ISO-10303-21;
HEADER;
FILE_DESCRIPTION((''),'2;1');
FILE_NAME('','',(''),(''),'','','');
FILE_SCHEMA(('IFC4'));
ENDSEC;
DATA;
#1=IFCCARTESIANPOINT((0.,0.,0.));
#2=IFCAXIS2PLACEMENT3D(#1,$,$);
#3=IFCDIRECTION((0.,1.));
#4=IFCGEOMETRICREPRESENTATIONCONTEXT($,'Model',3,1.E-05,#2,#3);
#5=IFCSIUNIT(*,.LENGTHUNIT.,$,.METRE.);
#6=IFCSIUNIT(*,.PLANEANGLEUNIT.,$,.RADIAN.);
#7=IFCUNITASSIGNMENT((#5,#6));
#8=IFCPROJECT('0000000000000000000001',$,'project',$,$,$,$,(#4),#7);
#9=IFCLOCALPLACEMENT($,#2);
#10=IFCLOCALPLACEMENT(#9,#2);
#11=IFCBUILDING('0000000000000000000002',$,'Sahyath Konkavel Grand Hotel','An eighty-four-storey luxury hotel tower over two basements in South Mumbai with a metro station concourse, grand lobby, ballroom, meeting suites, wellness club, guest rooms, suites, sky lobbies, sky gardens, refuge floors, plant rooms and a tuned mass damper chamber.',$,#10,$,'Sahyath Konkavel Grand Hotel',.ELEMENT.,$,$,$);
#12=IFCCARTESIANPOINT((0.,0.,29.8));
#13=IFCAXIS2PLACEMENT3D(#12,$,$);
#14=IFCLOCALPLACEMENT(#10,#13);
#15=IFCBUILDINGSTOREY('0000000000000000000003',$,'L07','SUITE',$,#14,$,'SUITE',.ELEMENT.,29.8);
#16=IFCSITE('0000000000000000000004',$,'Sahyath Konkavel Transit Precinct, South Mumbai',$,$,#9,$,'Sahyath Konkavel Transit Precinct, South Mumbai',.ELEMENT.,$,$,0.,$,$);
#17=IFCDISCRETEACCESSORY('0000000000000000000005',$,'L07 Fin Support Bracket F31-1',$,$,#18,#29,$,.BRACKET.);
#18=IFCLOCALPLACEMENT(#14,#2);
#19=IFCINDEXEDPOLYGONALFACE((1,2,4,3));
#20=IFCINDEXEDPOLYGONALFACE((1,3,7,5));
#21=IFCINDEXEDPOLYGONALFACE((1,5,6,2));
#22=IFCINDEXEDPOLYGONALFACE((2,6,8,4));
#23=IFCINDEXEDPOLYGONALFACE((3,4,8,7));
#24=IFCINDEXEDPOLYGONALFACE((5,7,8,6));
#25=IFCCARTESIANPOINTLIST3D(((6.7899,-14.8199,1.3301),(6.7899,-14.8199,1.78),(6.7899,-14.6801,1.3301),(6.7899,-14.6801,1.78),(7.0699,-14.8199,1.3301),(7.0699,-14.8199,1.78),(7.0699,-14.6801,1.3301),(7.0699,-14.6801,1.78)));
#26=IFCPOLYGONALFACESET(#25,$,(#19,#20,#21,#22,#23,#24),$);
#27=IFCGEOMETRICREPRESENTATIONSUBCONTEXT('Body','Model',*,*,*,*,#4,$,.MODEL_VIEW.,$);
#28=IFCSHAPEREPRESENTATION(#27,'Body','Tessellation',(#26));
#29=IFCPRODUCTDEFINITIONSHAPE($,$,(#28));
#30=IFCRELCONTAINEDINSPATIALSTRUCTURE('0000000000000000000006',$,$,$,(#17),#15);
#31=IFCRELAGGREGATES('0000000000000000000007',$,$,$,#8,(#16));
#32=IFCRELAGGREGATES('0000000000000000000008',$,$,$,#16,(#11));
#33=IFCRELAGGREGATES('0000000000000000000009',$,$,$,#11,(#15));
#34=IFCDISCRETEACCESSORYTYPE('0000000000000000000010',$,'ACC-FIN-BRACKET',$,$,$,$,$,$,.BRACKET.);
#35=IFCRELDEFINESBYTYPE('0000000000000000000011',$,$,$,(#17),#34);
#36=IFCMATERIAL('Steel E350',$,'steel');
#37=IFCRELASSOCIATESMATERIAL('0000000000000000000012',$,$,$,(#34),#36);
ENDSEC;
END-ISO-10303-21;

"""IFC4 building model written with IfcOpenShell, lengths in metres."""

from ifc_helpers import new_model, si_unit, direction, frame, origin, origin_2d, place, context, subcontext, project, spatial, rectangle, extrude, source, transform, mapped, material, type_object, element, save


model = new_model("IFC4")

# Units and contexts
model_context = context("Model", 3, precision=1e-05, world=origin(), true_north=direction((0.0, 1.0)))
body_context = subcontext(model_context, "Body", "Model", "MODEL_VIEW")
ifc_project = project(units=[si_unit("LENGTHUNIT", "METRE"), si_unit("PLANEANGLEUNIT", "RADIAN")], contexts=[model_context])

# Site, building, storey
site_placement = place(None, origin())
site = spatial("IfcSite", under=ifc_project, at=site_placement, Name="Sahyath Konkavel Transit Precinct, South Mumbai", LongName="Sahyath Konkavel Transit Precinct, South Mumbai", CompositionType="ELEMENT", RefElevation=0.0)
building_placement = place(site_placement, origin())
building = spatial("IfcBuilding", under=site, at=building_placement, Name="Sahyath Konkavel Grand Hotel", Description="An eighty-four-storey luxury hotel tower over two basements in South Mumbai with a metro station concourse, grand lobby, ballroom, meeting suites, wellness club, guest rooms, suites, sky lobbies, sky gardens, refuge floors, plant rooms and a tuned mass damper chamber.", LongName="Sahyath Konkavel Grand Hotel", CompositionType="ELEMENT")
storey_placement = place(building_placement, frame((0.0, 0.0, 29.8)))
storey = spatial("IfcBuildingStorey", under=building, at=storey_placement, Name="L07", Description="SUITE", LongName="SUITE", CompositionType="ELEMENT", Elevation=29.8)

# Discrete accessory
ifc_material_1 = material(Name="Steel E350", Category="steel")
discrete_accessory_type = type_object("IfcDiscreteAccessoryType", Name="ACC-FIN-BRACKET", PredefinedType="BRACKET", material=ifc_material_1)
shared_shape_1 = source(origin(), body_context, "Body", "SweptSolid", [
    extrude(rectangle(XDim=0.28, YDim=0.1399, at=origin_2d()), origin(), (0.0, 0.0, 1.0), 0.45),
])
for number, where, z_axis, x_axis, name in (
    (1, (6.9299, -14.75, 1.3301), (0.0, 0.0, 1.0), (1.0, 0.0, 0.0), "L07 Fin Support Bracket F31-1"),
):
    element("IfcDiscreteAccessory", number, at=place(storey_placement, frame(where, z_axis=z_axis, x_axis=x_axis)), inside=storey, type_object=discrete_accessory_type, Name=name, PredefinedType="BRACKET", context=body_context, shape_type="MappedRepresentation", body=[
        mapped(shared_shape_1, transform((0.0, 0.0, 0.0), scale=1.0)),
    ])

save(model, "model.ifc")
